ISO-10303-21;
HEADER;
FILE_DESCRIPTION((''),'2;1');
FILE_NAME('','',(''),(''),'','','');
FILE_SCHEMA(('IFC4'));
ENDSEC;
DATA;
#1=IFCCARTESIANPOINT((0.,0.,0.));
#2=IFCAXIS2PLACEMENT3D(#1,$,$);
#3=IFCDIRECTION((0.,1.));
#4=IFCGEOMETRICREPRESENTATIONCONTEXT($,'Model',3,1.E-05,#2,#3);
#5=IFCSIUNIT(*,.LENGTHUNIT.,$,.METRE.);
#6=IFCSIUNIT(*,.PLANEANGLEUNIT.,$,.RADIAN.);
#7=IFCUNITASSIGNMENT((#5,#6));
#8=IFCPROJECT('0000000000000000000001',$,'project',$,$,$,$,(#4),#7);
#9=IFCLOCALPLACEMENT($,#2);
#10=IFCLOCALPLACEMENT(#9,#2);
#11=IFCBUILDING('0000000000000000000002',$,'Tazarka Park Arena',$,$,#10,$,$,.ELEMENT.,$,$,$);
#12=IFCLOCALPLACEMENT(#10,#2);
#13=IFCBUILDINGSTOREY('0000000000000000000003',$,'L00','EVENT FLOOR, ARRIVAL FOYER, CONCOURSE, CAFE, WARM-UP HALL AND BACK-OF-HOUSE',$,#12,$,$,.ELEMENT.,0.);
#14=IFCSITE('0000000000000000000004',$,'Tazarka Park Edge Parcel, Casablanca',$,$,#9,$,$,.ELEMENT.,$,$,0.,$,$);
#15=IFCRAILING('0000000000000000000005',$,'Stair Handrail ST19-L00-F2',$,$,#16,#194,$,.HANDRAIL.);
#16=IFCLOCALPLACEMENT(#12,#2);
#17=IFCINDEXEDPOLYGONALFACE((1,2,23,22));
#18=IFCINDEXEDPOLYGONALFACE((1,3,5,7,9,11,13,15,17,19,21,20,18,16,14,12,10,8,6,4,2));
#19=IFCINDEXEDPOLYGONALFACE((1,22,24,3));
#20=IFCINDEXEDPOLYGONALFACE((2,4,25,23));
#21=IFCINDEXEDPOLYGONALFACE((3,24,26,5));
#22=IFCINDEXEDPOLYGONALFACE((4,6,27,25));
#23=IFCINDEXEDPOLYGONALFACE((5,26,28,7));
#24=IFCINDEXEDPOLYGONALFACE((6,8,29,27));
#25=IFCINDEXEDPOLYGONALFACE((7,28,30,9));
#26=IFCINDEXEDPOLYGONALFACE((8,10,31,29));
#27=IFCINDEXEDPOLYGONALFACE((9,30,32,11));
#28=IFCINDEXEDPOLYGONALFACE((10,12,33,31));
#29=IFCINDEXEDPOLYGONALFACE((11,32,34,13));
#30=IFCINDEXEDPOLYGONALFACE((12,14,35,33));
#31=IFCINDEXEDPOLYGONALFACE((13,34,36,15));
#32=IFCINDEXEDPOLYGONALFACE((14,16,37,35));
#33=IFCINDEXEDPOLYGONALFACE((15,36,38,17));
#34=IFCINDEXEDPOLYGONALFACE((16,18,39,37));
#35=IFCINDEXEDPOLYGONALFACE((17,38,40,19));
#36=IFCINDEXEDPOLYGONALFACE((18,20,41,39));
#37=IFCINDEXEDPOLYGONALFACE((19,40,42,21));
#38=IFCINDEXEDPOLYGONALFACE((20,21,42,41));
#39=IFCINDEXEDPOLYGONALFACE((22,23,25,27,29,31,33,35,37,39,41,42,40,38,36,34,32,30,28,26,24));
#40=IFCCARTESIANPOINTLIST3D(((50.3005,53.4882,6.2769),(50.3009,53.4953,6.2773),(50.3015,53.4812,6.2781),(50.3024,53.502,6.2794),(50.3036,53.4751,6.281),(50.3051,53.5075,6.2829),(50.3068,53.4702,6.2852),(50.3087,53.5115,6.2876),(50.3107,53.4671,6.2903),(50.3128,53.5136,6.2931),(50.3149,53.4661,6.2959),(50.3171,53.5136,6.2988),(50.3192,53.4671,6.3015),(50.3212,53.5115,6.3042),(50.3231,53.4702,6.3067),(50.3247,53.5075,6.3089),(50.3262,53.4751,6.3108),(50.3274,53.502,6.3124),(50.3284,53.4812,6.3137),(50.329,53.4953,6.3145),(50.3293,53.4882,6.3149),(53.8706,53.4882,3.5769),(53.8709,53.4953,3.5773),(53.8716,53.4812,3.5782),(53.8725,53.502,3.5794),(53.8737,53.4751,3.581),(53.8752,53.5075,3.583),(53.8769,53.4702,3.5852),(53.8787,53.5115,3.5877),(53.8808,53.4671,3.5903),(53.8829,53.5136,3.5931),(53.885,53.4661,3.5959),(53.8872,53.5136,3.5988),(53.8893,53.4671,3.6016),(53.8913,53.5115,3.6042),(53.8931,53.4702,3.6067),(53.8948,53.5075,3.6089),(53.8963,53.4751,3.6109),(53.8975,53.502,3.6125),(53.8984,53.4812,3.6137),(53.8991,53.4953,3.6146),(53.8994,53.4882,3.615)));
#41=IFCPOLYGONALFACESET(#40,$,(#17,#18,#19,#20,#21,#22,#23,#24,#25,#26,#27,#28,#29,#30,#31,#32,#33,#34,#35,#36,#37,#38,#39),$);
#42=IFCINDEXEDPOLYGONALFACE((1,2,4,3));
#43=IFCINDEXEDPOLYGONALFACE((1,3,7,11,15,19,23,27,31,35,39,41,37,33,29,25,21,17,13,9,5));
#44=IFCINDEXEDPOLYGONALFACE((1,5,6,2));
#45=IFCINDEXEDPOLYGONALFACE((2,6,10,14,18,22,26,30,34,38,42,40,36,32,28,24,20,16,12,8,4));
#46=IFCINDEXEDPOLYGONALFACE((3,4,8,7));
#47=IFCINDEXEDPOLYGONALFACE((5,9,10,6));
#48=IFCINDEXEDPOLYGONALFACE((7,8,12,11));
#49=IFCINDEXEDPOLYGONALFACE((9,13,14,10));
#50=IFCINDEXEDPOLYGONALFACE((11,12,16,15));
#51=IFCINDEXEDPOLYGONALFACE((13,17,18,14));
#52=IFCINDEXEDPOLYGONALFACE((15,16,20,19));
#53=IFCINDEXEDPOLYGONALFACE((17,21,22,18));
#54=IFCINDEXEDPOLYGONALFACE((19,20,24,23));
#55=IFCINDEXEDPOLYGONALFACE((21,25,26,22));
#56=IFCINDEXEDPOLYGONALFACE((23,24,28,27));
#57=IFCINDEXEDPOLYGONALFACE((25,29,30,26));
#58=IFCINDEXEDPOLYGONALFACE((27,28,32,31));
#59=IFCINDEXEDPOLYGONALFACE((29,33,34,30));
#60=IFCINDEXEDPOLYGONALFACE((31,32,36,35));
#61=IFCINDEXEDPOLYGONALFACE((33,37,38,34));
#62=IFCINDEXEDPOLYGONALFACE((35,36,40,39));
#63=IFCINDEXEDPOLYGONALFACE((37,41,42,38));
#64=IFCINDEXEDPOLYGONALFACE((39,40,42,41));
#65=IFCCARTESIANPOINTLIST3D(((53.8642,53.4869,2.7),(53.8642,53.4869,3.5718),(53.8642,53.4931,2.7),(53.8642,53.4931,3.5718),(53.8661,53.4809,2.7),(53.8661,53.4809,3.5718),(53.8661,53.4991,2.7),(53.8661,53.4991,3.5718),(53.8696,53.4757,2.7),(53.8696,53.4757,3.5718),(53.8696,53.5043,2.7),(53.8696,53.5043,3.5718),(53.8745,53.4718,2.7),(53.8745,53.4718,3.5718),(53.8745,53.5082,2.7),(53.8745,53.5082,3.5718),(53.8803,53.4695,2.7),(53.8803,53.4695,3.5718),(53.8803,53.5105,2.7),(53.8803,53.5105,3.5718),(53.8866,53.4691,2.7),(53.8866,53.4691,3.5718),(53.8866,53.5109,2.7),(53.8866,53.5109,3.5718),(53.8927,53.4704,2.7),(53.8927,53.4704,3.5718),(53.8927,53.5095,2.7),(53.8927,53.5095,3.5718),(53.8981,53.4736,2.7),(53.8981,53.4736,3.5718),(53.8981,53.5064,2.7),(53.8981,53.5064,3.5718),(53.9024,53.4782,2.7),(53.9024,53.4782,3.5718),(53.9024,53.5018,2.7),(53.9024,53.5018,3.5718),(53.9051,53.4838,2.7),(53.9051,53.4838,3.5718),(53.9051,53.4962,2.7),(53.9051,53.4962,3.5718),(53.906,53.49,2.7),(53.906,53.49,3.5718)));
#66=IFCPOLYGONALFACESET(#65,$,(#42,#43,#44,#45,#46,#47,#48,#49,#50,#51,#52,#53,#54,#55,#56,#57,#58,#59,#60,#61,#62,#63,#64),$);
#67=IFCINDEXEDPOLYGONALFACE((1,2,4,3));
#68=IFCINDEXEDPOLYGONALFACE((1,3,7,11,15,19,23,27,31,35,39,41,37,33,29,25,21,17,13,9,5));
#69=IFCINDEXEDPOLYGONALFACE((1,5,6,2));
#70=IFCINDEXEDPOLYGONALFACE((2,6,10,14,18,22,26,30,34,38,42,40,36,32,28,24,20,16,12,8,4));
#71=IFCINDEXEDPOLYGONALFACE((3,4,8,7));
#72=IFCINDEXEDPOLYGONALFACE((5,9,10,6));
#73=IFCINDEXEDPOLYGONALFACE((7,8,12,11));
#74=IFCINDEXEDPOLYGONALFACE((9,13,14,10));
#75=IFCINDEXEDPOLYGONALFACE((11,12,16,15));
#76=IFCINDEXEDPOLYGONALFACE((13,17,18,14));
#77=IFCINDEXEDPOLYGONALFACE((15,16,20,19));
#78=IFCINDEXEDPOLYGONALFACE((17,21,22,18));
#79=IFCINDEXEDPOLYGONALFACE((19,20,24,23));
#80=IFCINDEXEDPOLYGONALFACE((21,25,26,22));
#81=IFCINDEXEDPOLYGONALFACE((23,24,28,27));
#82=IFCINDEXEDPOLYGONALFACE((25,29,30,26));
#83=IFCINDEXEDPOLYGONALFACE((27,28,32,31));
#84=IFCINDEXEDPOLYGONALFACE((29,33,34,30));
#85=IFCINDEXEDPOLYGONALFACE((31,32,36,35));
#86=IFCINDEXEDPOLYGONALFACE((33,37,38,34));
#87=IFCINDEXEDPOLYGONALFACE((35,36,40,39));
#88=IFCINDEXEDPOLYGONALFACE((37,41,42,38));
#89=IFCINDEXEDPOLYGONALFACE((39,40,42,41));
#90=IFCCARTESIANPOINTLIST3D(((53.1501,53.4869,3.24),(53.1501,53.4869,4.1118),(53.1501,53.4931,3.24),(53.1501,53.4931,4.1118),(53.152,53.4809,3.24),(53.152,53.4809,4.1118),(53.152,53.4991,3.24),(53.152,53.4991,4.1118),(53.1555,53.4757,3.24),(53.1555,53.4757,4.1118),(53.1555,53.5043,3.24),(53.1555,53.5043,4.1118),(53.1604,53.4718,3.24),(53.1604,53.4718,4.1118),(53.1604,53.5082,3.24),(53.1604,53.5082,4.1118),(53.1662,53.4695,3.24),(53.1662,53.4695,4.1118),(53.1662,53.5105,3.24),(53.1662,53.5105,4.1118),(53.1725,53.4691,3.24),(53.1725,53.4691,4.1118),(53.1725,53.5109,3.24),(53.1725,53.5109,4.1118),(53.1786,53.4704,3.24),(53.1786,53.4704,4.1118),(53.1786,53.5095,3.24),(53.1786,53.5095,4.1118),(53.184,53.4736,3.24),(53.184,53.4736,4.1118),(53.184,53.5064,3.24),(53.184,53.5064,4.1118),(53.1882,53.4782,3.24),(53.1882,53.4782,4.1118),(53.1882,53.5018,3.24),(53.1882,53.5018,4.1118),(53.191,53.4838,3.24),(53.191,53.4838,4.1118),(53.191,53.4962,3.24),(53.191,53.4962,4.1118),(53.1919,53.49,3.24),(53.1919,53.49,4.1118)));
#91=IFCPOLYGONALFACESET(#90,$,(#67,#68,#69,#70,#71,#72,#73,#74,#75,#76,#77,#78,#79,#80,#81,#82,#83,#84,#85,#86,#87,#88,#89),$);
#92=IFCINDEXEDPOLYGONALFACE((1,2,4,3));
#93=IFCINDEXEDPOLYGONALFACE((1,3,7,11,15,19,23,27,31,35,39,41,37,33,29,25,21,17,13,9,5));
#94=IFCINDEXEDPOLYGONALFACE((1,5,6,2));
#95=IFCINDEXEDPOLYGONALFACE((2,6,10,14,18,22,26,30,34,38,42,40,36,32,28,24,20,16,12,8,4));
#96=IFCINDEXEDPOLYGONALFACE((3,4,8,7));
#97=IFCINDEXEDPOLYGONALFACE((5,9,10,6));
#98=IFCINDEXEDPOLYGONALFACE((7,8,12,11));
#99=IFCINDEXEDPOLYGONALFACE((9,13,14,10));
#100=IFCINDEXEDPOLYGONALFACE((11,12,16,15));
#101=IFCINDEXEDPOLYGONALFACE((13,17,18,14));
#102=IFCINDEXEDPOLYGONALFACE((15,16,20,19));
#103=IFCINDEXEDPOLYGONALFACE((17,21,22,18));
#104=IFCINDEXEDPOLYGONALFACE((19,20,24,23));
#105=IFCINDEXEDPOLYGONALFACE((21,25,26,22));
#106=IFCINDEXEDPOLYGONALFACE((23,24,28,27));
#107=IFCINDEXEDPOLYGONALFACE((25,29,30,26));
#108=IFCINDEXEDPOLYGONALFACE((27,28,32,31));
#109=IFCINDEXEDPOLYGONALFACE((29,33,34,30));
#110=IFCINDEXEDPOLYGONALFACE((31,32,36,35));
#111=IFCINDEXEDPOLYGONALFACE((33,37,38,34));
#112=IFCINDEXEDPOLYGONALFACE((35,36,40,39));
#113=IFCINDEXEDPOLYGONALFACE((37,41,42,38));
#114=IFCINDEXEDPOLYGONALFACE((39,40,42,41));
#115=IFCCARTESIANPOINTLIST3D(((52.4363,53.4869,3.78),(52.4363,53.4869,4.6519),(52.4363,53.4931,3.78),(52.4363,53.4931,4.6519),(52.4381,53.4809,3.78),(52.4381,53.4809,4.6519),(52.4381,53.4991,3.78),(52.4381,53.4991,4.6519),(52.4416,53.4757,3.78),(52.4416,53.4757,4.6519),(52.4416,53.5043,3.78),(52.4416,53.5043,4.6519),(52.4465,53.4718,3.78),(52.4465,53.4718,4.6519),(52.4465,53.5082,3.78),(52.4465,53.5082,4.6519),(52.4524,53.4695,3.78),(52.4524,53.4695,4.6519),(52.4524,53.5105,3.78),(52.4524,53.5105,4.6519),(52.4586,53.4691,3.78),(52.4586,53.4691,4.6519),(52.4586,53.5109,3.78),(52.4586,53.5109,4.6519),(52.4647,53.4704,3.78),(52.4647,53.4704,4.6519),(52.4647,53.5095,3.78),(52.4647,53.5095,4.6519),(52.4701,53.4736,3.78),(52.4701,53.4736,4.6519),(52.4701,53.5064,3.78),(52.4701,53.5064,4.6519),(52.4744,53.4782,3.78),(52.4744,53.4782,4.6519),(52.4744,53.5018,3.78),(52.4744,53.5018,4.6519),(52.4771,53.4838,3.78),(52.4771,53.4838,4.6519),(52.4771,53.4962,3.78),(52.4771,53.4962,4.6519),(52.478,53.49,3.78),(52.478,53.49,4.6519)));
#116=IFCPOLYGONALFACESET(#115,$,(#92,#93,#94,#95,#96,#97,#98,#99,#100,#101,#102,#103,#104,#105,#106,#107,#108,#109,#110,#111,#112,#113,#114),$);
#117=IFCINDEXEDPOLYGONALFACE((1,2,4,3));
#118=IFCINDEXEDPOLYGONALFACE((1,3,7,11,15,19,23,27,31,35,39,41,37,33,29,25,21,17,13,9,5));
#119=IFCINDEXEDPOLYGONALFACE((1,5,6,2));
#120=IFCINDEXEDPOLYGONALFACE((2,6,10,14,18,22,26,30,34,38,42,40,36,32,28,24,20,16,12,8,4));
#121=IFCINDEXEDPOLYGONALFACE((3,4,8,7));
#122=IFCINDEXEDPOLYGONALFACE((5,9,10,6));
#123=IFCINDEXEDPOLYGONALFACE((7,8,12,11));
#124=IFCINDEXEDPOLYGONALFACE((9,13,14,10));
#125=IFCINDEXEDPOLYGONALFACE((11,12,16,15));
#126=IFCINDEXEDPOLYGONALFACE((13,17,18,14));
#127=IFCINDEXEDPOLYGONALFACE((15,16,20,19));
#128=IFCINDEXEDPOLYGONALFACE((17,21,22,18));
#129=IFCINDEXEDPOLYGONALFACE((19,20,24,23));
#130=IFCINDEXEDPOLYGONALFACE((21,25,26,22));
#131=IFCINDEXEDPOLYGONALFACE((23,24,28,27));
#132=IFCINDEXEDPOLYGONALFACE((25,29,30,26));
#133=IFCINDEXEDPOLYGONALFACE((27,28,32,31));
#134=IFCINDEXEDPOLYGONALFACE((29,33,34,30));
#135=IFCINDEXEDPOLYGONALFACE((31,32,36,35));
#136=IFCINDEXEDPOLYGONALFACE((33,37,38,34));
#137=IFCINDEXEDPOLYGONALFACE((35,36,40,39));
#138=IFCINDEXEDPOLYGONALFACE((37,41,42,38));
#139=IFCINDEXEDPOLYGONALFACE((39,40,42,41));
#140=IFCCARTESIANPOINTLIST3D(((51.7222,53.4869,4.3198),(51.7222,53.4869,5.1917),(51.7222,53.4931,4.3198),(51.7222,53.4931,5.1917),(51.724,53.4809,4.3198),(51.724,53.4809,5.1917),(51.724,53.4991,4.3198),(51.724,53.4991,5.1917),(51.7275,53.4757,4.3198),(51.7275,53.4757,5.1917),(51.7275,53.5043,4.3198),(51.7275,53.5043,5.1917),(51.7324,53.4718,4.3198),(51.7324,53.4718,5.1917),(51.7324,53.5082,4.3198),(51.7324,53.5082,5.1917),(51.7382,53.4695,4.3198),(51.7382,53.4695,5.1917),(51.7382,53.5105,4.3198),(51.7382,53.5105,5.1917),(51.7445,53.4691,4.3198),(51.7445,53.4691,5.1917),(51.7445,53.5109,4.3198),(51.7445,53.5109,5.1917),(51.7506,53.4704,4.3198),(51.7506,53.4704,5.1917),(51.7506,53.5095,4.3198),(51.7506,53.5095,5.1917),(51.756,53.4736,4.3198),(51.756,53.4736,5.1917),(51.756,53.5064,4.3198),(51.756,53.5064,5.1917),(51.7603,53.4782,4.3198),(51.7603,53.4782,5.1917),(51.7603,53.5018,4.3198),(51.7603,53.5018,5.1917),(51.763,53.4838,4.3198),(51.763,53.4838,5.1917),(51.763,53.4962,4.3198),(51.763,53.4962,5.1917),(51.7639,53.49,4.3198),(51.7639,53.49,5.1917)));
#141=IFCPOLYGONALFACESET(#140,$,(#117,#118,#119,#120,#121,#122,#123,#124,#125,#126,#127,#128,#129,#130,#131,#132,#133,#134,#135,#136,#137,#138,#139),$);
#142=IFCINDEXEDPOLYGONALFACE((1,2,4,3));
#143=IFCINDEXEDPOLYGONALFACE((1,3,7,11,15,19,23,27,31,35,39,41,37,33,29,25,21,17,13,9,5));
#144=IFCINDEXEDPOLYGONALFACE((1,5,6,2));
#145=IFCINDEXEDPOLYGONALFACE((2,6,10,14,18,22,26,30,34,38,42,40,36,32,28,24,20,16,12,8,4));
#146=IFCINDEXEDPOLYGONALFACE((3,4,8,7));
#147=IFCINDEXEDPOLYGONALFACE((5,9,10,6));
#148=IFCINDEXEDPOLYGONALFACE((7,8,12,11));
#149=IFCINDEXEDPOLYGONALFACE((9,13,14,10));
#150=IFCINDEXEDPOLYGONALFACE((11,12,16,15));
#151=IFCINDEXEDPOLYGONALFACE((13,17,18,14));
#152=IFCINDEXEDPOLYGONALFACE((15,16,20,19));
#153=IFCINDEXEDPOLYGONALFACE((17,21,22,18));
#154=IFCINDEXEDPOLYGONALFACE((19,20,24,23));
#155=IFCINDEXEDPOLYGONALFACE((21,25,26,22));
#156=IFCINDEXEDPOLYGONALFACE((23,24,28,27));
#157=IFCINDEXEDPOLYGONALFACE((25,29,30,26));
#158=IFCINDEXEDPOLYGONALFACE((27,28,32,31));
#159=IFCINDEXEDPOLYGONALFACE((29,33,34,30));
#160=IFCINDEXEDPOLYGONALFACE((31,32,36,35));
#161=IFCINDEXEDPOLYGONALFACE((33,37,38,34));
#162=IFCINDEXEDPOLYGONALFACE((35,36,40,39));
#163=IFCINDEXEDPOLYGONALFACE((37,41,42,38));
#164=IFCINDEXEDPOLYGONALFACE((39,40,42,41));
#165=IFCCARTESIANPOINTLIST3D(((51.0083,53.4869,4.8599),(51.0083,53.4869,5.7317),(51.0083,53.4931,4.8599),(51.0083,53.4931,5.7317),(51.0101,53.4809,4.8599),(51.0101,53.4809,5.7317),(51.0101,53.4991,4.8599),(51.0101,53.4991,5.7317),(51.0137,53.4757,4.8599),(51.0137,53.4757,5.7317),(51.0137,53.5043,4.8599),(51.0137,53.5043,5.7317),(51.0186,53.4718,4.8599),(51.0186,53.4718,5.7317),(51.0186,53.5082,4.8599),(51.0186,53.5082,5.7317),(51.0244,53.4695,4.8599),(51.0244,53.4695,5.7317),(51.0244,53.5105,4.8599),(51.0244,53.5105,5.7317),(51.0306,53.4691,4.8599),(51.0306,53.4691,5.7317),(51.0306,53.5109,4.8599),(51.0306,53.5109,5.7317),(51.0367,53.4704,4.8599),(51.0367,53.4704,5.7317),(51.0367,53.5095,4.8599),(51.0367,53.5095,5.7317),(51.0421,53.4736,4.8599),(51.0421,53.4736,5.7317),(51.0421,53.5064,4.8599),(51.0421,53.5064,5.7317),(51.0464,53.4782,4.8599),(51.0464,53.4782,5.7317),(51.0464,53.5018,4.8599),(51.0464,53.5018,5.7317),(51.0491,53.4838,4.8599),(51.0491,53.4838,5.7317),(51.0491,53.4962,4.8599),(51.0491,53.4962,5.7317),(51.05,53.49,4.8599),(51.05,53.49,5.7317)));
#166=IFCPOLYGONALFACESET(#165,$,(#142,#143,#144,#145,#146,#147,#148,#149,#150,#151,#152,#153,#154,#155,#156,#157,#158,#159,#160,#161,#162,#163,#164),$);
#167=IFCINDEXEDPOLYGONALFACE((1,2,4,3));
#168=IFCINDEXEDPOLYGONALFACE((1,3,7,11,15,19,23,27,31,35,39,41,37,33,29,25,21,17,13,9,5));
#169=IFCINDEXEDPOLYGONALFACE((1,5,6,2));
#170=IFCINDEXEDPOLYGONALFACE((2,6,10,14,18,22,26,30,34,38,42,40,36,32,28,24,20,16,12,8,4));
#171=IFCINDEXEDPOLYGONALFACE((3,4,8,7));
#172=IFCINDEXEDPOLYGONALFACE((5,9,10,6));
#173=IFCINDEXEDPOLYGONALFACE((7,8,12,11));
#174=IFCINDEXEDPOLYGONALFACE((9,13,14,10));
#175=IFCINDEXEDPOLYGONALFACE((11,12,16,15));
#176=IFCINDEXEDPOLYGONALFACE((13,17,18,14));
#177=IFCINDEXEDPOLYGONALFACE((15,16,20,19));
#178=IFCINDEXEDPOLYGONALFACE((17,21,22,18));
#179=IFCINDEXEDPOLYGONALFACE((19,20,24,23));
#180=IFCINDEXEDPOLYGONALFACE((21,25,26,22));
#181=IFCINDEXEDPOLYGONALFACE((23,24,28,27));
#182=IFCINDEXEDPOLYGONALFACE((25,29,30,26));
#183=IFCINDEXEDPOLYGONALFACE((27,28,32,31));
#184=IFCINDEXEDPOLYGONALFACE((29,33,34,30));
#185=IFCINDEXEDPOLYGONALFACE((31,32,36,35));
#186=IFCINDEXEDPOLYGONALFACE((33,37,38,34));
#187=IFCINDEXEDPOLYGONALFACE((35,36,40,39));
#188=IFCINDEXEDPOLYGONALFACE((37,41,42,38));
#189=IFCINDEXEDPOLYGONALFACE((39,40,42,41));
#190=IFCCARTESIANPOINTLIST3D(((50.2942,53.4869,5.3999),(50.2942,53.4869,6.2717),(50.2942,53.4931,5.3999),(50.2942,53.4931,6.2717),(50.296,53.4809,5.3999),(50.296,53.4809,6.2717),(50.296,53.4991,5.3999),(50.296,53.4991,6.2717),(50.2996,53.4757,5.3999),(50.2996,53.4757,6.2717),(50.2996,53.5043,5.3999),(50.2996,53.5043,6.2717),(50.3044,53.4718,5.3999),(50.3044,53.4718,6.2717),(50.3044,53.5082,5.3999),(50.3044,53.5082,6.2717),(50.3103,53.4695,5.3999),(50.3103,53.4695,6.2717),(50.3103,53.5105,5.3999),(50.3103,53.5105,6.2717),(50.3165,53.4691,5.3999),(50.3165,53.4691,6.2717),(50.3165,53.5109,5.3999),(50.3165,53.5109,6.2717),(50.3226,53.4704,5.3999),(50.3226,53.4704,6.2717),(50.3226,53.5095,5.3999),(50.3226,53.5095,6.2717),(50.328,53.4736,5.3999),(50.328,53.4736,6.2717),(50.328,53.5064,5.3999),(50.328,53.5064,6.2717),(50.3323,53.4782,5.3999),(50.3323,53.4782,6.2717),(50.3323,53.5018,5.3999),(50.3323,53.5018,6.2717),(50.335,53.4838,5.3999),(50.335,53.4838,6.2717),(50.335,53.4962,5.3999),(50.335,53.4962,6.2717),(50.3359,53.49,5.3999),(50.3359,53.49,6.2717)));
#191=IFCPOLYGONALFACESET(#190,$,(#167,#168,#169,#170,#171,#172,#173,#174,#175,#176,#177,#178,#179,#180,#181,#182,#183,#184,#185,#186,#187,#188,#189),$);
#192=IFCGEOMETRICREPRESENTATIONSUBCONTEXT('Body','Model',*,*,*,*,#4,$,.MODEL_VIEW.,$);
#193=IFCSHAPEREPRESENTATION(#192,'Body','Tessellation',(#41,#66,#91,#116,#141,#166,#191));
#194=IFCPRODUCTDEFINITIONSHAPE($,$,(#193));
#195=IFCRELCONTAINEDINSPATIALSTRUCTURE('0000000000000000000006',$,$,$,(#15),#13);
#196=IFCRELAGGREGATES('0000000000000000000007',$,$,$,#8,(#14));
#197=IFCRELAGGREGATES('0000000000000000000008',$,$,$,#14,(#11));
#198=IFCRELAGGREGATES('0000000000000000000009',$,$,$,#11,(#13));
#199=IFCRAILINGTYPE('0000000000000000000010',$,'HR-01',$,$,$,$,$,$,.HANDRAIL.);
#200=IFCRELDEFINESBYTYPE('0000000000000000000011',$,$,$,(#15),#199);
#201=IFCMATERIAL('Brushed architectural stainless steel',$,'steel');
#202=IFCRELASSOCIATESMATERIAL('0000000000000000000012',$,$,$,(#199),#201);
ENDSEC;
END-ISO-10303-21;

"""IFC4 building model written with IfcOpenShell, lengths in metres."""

from ifc_helpers import new_model, si_unit, direction, frame, origin, origin_2d, place, context, subcontext, project, spatial, circle, extrude, material, type_object, element, save


model = new_model("IFC4")

# Units and contexts
model_context = context("Model", 3, precision=1e-05, world=origin(), true_north=direction((0.0, 1.0)))
body_context = subcontext(model_context, "Body", "Model", "MODEL_VIEW")
ifc_project = project(units=[si_unit("LENGTHUNIT", "METRE"), si_unit("PLANEANGLEUNIT", "RADIAN")], contexts=[model_context])

# Site, building, storey
site_placement = place(None, origin())
site = spatial("IfcSite", under=ifc_project, at=site_placement, Name="Tazarka Park Edge Parcel, Casablanca", CompositionType="ELEMENT", RefElevation=0.0)
building_placement = place(site_placement, origin())
building = spatial("IfcBuilding", under=site, at=building_placement, Name="Tazarka Park Arena", CompositionType="ELEMENT")
storey_placement = place(building_placement, origin())
storey = spatial("IfcBuildingStorey", under=building, at=storey_placement, Name="L00", Description="EVENT FLOOR, ARRIVAL FOYER, CONCOURSE, CAFE, WARM-UP HALL AND BACK-OF-HOUSE", CompositionType="ELEMENT", Elevation=0.0)

# Railing
ifc_material_1 = material(Name="Brushed architectural stainless steel", Category="steel")
railing_type_1 = type_object("IfcRailingType", Name="HR-01", PredefinedType="HANDRAIL", material=ifc_material_1)
railing_1_placement = place(storey_placement, frame((53.885, 53.49, 2.7)))
element("IfcRailing", 1, at=railing_1_placement, inside=storey, type_object=railing_type_1, Name="Stair Handrail ST19-L00-F2", PredefinedType="HANDRAIL", context=body_context, shape_type="SweptSolid", body=[
    extrude(circle(Radius=0.0239, at=origin_2d()), frame((0.0, 0.0, 0.896), z_axis=(-0.797591, 0.0, 0.603198), x_axis=(0.0, -1.0, 0.0)), (0.0, 0.0, 1.0), 4.4761),
    extrude(circle(Radius=0.021, at=origin_2d()), origin(), (0.0, 0.0, 1.0), 0.8718),
    extrude(circle(Radius=0.021, at=origin_2d()), frame((-0.7141, 0.0, 0.54)), (0.0, 0.0, 1.0), 0.8718),
    extrude(circle(Radius=0.021, at=origin_2d()), frame((-1.428, 0.0, 1.0801)), (0.0, 0.0, 1.0), 0.8718),
    extrude(circle(Radius=0.021, at=origin_2d()), frame((-2.1421, 0.0, 1.6199)), (0.0, 0.0, 1.0), 0.8718),
    extrude(circle(Radius=0.021, at=origin_2d()), frame((-2.856, 0.0, 2.1599)), (0.0, 0.0, 1.0), 0.8718),
    extrude(circle(Radius=0.021, at=origin_2d()), frame((-3.5701, 0.0, 2.7)), (0.0, 0.0, 1.0), 0.8718),
])

save(model, "model.ifc")
